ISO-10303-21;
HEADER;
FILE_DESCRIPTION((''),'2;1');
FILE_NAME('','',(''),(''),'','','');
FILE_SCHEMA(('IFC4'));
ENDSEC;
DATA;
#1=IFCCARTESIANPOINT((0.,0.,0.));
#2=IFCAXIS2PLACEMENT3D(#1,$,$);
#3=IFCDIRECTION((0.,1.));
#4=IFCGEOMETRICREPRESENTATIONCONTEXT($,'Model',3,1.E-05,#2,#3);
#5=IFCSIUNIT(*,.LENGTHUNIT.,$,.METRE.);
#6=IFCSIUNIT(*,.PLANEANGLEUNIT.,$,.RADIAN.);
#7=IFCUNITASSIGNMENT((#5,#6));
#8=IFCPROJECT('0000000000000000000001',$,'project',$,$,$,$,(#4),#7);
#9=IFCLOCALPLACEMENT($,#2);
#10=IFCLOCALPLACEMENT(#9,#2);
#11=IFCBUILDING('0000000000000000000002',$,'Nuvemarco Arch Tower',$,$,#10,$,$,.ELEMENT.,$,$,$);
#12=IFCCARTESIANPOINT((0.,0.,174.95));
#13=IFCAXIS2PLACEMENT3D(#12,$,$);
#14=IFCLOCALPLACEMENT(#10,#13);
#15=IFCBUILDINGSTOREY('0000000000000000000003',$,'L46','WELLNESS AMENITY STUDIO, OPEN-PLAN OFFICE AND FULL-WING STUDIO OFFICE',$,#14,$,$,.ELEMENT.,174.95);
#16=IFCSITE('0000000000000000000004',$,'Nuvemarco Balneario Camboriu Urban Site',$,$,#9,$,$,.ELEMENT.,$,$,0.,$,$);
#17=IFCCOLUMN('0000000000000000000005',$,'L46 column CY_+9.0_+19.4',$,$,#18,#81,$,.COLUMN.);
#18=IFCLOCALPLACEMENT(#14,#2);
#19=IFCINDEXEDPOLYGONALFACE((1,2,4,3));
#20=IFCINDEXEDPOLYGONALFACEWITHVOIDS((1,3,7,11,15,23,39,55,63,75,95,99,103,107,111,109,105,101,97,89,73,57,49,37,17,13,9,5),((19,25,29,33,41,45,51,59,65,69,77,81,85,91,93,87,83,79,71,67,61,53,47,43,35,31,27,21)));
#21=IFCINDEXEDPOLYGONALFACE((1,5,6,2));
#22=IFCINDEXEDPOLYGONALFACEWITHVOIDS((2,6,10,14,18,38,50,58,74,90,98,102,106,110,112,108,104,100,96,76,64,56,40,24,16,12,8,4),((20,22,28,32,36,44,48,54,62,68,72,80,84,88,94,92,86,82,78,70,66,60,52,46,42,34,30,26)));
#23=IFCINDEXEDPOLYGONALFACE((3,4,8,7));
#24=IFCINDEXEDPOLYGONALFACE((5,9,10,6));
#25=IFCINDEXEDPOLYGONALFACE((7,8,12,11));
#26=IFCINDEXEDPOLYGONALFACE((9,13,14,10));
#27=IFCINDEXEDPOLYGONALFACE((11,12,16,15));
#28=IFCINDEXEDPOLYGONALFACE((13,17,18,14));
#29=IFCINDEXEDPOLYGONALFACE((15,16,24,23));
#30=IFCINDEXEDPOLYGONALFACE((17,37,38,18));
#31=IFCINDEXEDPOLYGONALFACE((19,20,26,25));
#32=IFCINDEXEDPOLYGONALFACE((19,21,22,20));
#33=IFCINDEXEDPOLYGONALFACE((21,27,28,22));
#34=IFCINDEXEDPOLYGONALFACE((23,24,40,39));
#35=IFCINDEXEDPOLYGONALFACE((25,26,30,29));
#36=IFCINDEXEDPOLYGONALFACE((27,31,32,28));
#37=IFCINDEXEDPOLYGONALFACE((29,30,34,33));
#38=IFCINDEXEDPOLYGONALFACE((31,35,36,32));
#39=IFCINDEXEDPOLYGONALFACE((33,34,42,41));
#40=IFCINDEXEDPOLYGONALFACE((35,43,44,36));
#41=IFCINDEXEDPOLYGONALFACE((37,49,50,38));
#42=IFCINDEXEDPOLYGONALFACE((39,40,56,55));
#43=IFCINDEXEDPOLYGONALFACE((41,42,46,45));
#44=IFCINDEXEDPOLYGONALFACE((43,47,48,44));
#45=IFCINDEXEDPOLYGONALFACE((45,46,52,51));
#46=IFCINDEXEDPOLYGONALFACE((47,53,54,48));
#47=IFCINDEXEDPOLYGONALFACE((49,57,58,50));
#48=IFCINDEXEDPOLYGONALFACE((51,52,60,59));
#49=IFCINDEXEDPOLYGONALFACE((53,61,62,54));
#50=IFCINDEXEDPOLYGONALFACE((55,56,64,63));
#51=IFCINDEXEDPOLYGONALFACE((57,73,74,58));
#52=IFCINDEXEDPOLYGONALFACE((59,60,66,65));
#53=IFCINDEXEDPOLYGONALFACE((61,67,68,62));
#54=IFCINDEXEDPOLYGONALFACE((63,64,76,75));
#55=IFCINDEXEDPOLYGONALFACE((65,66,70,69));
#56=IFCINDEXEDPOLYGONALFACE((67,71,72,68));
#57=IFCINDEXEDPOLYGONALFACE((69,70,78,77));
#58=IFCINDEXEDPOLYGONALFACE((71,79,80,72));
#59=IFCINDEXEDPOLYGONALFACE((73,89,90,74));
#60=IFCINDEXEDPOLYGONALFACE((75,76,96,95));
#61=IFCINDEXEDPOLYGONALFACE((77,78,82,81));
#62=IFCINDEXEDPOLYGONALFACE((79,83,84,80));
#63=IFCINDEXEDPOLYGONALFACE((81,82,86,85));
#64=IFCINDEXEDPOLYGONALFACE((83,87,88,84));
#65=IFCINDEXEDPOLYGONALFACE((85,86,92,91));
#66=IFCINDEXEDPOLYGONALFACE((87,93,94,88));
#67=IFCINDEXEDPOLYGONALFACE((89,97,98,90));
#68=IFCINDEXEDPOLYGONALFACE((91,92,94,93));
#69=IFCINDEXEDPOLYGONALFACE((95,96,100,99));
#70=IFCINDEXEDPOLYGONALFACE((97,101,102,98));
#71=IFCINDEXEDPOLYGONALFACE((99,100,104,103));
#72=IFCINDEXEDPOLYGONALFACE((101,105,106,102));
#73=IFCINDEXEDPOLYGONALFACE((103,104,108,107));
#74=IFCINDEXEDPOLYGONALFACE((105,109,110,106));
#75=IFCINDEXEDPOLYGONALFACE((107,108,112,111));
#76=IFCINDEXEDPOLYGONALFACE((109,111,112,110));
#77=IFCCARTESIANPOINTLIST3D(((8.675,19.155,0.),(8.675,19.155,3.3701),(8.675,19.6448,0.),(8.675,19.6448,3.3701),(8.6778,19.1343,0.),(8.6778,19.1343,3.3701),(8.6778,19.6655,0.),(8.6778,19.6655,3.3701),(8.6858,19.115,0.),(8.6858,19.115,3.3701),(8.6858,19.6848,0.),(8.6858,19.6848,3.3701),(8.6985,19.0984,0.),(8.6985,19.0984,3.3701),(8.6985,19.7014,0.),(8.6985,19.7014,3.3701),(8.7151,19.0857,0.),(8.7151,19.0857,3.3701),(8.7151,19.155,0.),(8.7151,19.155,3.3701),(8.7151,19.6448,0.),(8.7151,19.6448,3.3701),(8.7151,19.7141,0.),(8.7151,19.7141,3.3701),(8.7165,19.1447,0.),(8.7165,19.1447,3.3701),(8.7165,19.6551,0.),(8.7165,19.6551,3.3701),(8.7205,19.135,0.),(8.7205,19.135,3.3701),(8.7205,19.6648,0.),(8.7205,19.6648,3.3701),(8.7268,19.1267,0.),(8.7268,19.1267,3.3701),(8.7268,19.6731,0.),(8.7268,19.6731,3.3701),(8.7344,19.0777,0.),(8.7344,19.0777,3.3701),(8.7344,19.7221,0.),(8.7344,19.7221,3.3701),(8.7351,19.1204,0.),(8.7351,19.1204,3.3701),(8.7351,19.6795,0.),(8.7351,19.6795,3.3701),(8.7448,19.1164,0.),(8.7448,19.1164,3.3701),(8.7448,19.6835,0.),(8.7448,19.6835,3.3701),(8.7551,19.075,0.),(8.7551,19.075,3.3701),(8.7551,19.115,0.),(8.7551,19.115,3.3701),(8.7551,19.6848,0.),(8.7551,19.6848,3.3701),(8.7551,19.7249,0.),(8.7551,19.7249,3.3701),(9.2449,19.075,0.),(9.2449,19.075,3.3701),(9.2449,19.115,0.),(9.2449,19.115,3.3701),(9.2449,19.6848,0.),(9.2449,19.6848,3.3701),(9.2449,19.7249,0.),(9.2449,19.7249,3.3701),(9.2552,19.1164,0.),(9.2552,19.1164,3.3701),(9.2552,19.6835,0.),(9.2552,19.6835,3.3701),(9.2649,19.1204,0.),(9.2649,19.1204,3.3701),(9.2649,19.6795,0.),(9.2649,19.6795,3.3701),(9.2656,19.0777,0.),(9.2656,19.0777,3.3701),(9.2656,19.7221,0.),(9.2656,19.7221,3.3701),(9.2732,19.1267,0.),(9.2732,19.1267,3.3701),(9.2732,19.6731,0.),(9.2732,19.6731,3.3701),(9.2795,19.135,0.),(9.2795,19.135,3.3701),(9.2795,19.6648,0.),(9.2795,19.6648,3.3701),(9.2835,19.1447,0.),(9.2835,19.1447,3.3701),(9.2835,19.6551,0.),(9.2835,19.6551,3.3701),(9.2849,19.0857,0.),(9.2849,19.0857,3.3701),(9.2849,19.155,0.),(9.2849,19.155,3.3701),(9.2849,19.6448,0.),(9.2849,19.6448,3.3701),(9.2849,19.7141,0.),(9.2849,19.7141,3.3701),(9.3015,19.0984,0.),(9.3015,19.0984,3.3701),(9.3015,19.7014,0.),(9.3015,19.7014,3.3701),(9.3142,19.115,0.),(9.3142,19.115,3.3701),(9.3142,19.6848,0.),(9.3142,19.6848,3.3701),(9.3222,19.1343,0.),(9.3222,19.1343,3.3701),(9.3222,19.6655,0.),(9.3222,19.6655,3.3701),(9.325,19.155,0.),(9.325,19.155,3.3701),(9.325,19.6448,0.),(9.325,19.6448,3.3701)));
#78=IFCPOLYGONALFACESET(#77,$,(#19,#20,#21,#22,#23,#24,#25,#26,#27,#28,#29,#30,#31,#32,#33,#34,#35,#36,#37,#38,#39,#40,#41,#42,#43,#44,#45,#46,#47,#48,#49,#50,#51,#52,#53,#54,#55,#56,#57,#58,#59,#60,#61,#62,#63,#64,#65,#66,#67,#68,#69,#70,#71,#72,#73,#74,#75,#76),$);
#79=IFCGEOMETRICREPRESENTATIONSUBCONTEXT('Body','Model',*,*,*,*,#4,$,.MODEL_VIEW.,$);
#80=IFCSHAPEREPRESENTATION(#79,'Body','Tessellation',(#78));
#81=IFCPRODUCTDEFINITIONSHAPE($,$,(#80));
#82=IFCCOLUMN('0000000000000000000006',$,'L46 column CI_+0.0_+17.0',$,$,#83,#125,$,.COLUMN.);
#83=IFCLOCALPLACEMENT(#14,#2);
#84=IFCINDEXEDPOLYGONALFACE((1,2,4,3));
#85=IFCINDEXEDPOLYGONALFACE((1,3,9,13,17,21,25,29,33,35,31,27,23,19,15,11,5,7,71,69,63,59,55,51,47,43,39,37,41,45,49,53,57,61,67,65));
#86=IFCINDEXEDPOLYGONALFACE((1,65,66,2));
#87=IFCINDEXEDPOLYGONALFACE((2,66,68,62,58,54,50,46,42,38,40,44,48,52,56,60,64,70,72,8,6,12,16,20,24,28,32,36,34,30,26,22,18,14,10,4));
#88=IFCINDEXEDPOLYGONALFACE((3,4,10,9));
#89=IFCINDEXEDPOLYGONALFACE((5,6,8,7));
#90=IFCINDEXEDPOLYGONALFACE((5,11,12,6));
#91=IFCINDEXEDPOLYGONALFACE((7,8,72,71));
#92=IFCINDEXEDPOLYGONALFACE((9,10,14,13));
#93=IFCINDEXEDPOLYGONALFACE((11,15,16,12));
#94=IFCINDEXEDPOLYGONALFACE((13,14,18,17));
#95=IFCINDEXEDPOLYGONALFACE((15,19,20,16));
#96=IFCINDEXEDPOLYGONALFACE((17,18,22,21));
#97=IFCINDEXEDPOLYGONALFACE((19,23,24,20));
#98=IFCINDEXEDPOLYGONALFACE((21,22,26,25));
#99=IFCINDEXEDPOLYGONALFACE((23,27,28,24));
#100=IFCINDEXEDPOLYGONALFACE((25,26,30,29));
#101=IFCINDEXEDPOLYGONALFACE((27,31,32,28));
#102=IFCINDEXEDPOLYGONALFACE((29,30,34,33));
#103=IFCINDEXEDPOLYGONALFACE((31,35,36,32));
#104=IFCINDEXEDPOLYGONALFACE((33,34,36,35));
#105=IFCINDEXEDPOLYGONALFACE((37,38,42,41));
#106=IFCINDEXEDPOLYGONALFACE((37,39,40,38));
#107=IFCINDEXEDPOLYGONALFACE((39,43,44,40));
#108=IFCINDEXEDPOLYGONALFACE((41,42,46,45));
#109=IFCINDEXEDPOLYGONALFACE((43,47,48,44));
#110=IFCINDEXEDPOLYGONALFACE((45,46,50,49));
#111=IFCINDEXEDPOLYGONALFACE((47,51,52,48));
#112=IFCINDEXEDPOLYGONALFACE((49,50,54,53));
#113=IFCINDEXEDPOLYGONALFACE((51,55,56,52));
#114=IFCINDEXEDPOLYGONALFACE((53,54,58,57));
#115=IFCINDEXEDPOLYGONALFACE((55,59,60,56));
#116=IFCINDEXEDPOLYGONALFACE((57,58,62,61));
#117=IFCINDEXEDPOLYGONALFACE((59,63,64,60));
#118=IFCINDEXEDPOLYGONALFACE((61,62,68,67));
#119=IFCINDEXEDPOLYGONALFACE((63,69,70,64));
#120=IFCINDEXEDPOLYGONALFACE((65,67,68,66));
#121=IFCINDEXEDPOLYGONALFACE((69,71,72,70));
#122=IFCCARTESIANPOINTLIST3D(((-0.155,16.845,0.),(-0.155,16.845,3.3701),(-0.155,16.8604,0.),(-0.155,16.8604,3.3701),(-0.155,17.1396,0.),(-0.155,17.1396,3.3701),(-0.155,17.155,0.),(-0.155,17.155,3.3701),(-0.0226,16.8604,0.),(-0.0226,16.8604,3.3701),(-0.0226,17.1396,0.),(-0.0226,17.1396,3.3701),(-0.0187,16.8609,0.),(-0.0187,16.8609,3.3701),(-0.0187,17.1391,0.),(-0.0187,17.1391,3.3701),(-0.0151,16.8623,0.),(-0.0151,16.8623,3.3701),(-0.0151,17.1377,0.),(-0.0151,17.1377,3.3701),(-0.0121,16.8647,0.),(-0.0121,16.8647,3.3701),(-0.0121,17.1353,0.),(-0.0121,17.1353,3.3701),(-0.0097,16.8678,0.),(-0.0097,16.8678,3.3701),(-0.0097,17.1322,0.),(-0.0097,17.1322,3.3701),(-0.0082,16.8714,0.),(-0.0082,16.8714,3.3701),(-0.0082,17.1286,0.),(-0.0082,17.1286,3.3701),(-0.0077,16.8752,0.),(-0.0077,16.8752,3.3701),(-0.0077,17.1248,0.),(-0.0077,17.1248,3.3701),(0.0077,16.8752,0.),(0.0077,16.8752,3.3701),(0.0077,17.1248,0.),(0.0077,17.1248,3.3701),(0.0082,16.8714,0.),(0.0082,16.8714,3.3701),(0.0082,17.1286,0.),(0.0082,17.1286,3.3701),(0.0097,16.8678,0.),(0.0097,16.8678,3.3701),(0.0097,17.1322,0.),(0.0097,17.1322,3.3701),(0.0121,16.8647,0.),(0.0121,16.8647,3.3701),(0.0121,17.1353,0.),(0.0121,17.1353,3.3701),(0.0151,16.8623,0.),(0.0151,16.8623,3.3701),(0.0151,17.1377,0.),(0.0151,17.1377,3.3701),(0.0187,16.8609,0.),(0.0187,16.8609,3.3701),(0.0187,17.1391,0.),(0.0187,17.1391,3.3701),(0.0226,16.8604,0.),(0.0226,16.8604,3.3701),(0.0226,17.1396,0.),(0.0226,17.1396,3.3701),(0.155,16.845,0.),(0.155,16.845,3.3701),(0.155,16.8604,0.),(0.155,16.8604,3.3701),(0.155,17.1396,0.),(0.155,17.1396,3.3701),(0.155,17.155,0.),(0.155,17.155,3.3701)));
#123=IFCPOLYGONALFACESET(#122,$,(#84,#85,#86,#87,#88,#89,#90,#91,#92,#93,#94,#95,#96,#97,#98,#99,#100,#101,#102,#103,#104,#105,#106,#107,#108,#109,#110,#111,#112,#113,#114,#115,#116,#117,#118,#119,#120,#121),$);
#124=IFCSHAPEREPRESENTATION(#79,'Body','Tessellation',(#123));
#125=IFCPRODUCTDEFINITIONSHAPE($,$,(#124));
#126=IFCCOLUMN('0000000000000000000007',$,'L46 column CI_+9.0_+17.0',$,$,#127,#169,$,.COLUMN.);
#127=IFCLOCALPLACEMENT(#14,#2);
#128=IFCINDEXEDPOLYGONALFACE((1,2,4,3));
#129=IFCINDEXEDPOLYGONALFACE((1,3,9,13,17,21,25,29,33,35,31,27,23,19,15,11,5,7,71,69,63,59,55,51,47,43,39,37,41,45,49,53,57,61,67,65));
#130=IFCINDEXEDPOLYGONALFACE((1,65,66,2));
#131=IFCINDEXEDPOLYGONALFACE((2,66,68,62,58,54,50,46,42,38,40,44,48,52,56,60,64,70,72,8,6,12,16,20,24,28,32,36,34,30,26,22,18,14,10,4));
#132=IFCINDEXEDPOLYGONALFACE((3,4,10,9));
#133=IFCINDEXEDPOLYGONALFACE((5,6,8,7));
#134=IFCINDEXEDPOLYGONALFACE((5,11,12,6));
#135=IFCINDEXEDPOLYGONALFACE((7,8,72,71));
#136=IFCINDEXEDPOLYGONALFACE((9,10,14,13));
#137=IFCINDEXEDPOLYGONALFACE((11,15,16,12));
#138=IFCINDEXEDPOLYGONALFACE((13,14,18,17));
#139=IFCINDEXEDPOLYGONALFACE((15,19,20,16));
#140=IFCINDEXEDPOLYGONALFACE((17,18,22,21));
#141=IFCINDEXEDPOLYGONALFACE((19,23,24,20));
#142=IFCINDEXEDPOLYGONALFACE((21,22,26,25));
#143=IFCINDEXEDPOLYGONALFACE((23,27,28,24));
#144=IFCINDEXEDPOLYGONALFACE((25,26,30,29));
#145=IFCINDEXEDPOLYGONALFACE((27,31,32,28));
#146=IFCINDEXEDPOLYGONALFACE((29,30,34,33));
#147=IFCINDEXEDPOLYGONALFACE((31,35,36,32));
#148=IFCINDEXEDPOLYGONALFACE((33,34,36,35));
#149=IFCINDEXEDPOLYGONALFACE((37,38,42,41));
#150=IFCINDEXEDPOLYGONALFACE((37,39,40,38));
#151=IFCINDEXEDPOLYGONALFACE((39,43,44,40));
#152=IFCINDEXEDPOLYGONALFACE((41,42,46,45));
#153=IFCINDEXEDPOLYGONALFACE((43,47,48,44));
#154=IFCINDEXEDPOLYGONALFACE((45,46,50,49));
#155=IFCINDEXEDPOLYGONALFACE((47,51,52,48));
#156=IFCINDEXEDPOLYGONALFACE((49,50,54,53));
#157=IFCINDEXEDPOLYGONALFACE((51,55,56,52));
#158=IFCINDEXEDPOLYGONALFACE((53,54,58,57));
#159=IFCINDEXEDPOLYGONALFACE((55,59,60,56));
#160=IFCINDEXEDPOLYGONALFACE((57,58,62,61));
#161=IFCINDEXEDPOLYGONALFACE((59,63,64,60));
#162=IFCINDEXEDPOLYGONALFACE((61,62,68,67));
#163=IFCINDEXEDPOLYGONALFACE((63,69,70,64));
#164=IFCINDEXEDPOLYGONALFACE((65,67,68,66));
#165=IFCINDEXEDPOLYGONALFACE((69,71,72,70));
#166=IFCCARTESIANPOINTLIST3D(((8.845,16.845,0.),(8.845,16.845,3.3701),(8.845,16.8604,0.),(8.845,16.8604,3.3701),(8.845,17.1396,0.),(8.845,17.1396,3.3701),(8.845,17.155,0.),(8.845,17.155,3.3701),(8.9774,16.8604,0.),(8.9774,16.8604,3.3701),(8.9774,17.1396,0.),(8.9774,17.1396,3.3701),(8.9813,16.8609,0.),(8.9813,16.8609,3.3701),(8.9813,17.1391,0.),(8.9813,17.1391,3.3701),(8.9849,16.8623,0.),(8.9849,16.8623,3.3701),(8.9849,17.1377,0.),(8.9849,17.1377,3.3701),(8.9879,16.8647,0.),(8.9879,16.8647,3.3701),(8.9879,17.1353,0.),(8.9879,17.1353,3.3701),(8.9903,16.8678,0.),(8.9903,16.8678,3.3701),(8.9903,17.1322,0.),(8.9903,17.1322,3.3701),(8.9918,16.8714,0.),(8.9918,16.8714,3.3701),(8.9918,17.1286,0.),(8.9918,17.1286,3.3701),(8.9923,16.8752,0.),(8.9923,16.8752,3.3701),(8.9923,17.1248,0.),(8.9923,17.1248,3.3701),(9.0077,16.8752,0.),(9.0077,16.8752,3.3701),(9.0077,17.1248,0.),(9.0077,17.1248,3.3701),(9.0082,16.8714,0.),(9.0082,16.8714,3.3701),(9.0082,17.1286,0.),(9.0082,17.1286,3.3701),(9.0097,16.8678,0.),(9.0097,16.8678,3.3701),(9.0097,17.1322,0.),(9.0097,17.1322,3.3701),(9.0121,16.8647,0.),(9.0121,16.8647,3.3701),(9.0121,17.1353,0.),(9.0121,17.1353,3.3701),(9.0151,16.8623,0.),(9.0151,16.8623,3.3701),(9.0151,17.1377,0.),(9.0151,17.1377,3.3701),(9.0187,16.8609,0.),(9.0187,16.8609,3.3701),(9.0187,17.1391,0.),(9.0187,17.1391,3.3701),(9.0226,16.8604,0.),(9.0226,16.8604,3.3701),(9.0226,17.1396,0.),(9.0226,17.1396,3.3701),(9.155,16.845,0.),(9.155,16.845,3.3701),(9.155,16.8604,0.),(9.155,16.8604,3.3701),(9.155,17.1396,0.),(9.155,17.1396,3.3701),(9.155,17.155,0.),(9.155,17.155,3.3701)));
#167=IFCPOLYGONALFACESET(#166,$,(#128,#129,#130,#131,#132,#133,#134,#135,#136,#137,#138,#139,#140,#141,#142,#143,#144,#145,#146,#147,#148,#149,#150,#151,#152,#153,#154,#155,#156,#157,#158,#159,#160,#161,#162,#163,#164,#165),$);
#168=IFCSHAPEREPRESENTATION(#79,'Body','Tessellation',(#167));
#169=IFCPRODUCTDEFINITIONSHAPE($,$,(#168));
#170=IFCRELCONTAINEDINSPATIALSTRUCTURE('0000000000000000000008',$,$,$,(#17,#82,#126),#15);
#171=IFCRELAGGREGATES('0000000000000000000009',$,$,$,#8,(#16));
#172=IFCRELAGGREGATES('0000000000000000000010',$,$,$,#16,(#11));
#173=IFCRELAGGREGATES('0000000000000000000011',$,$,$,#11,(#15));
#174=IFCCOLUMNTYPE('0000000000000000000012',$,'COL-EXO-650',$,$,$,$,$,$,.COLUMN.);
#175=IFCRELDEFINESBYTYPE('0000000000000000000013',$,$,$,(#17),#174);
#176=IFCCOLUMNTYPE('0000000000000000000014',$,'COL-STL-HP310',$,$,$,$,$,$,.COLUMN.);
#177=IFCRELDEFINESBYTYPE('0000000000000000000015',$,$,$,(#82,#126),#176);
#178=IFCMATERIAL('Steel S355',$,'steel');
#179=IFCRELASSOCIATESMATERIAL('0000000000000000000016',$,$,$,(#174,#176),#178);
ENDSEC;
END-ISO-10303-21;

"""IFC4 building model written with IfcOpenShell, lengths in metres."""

from ifc_helpers import new_model, si_unit, direction, frame, origin, origin_2d, place, context, subcontext, project, spatial, hollow_rectangle, i_section, extrude, material, material_profile, profile_set, type_object, element, save


model = new_model("IFC4")

# Units and contexts
model_context = context("Model", 3, precision=1e-05, world=origin(), true_north=direction((0.0, 1.0)))
body_context = subcontext(model_context, "Body", "Model", "MODEL_VIEW")
ifc_project = project(units=[si_unit("LENGTHUNIT", "METRE"), si_unit("PLANEANGLEUNIT", "RADIAN")], contexts=[model_context])

# Site, building, storey
site_placement = place(None, origin())
site = spatial("IfcSite", under=ifc_project, at=site_placement, Name="Nuvemarco Balneario Camboriu Urban Site", CompositionType="ELEMENT", RefElevation=0.0)
building_placement = place(site_placement, origin())
building = spatial("IfcBuilding", under=site, at=building_placement, Name="Nuvemarco Arch Tower", CompositionType="ELEMENT")
storey_placement = place(building_placement, frame((0.0, 0.0, 174.95)))
storey = spatial("IfcBuildingStorey", under=building, at=storey_placement, Name="L46", Description="WELLNESS AMENITY STUDIO, OPEN-PLAN OFFICE AND FULL-WING STUDIO OFFICE", CompositionType="ELEMENT", Elevation=174.95)

# Columns
ifc_material_1 = material(Name="Steel S355", Category="steel")
ifc_material_profile_1 = material_profile(ifc_material_1, hollow_rectangle(XDim=0.6499, YDim=0.6499, WallThickness=0.04, InnerFilletRadius=0.04, OuterFilletRadius=0.0801, at=origin_2d()), Name="SHS650x650x40")
ifc_profile_set_1 = profile_set([ifc_material_profile_1], Name="Steel S355")
column_type_1 = type_object("IfcColumnType", Name="COL-EXO-650", PredefinedType="COLUMN", material=ifc_profile_set_1)
column_placement = place(storey_placement, frame((9.0, 19.3999, 0.0), z_axis=(0.0, 0.0, 1.0), x_axis=(1.0, 0.0, 0.0)))
element("IfcColumn", 1, at=column_placement, inside=storey, type_object=column_type_1, Name="L46 column CY_+9.0_+19.4", PredefinedType="COLUMN", context=body_context, shape_type="SweptSolid", body=[
    extrude(hollow_rectangle(XDim=0.6499, YDim=0.6499, WallThickness=0.04, InnerFilletRadius=0.04, OuterFilletRadius=0.0801, at=origin_2d()), origin(), (0.0, 0.0, 1.0), 3.3701),
])
ifc_material_profile_2 = material_profile(ifc_material_1, i_section(OverallWidth=0.3101, OverallDepth=0.3101, WebThickness=0.0154, FlangeThickness=0.0154, FilletRadius=0.0149, at=origin_2d()), Name="HP310x110")
ifc_profile_set_2 = profile_set([ifc_material_profile_2], Name="Steel S355")
column_type_2 = type_object("IfcColumnType", Name="COL-STL-HP310", PredefinedType="COLUMN", material=ifc_profile_set_2)
for number, where, z_axis, x_axis, name in (
    (2, (0.0, 17.0, 0.0), (0.0, 0.0, 1.0), (1.0, 0.0, 0.0), "L46 column CI_+0.0_+17.0"),
    (3, (9.0, 17.0, 0.0), (0.0, 0.0, 1.0), (1.0, 0.0, 0.0), "L46 column CI_+9.0_+17.0"),
):
    element("IfcColumn", number, at=place(storey_placement, frame(where, z_axis=z_axis, x_axis=x_axis)), inside=storey, type_object=column_type_2, Name=name, PredefinedType="COLUMN", context=body_context, shape_type="SweptSolid", body=[
        extrude(i_section(OverallWidth=0.3101, OverallDepth=0.3101, WebThickness=0.0154, FlangeThickness=0.0154, FilletRadius=0.0149, at=origin_2d()), origin(), (0.0, 0.0, 1.0), 3.3701),
    ])

save(model, "model.ifc")
